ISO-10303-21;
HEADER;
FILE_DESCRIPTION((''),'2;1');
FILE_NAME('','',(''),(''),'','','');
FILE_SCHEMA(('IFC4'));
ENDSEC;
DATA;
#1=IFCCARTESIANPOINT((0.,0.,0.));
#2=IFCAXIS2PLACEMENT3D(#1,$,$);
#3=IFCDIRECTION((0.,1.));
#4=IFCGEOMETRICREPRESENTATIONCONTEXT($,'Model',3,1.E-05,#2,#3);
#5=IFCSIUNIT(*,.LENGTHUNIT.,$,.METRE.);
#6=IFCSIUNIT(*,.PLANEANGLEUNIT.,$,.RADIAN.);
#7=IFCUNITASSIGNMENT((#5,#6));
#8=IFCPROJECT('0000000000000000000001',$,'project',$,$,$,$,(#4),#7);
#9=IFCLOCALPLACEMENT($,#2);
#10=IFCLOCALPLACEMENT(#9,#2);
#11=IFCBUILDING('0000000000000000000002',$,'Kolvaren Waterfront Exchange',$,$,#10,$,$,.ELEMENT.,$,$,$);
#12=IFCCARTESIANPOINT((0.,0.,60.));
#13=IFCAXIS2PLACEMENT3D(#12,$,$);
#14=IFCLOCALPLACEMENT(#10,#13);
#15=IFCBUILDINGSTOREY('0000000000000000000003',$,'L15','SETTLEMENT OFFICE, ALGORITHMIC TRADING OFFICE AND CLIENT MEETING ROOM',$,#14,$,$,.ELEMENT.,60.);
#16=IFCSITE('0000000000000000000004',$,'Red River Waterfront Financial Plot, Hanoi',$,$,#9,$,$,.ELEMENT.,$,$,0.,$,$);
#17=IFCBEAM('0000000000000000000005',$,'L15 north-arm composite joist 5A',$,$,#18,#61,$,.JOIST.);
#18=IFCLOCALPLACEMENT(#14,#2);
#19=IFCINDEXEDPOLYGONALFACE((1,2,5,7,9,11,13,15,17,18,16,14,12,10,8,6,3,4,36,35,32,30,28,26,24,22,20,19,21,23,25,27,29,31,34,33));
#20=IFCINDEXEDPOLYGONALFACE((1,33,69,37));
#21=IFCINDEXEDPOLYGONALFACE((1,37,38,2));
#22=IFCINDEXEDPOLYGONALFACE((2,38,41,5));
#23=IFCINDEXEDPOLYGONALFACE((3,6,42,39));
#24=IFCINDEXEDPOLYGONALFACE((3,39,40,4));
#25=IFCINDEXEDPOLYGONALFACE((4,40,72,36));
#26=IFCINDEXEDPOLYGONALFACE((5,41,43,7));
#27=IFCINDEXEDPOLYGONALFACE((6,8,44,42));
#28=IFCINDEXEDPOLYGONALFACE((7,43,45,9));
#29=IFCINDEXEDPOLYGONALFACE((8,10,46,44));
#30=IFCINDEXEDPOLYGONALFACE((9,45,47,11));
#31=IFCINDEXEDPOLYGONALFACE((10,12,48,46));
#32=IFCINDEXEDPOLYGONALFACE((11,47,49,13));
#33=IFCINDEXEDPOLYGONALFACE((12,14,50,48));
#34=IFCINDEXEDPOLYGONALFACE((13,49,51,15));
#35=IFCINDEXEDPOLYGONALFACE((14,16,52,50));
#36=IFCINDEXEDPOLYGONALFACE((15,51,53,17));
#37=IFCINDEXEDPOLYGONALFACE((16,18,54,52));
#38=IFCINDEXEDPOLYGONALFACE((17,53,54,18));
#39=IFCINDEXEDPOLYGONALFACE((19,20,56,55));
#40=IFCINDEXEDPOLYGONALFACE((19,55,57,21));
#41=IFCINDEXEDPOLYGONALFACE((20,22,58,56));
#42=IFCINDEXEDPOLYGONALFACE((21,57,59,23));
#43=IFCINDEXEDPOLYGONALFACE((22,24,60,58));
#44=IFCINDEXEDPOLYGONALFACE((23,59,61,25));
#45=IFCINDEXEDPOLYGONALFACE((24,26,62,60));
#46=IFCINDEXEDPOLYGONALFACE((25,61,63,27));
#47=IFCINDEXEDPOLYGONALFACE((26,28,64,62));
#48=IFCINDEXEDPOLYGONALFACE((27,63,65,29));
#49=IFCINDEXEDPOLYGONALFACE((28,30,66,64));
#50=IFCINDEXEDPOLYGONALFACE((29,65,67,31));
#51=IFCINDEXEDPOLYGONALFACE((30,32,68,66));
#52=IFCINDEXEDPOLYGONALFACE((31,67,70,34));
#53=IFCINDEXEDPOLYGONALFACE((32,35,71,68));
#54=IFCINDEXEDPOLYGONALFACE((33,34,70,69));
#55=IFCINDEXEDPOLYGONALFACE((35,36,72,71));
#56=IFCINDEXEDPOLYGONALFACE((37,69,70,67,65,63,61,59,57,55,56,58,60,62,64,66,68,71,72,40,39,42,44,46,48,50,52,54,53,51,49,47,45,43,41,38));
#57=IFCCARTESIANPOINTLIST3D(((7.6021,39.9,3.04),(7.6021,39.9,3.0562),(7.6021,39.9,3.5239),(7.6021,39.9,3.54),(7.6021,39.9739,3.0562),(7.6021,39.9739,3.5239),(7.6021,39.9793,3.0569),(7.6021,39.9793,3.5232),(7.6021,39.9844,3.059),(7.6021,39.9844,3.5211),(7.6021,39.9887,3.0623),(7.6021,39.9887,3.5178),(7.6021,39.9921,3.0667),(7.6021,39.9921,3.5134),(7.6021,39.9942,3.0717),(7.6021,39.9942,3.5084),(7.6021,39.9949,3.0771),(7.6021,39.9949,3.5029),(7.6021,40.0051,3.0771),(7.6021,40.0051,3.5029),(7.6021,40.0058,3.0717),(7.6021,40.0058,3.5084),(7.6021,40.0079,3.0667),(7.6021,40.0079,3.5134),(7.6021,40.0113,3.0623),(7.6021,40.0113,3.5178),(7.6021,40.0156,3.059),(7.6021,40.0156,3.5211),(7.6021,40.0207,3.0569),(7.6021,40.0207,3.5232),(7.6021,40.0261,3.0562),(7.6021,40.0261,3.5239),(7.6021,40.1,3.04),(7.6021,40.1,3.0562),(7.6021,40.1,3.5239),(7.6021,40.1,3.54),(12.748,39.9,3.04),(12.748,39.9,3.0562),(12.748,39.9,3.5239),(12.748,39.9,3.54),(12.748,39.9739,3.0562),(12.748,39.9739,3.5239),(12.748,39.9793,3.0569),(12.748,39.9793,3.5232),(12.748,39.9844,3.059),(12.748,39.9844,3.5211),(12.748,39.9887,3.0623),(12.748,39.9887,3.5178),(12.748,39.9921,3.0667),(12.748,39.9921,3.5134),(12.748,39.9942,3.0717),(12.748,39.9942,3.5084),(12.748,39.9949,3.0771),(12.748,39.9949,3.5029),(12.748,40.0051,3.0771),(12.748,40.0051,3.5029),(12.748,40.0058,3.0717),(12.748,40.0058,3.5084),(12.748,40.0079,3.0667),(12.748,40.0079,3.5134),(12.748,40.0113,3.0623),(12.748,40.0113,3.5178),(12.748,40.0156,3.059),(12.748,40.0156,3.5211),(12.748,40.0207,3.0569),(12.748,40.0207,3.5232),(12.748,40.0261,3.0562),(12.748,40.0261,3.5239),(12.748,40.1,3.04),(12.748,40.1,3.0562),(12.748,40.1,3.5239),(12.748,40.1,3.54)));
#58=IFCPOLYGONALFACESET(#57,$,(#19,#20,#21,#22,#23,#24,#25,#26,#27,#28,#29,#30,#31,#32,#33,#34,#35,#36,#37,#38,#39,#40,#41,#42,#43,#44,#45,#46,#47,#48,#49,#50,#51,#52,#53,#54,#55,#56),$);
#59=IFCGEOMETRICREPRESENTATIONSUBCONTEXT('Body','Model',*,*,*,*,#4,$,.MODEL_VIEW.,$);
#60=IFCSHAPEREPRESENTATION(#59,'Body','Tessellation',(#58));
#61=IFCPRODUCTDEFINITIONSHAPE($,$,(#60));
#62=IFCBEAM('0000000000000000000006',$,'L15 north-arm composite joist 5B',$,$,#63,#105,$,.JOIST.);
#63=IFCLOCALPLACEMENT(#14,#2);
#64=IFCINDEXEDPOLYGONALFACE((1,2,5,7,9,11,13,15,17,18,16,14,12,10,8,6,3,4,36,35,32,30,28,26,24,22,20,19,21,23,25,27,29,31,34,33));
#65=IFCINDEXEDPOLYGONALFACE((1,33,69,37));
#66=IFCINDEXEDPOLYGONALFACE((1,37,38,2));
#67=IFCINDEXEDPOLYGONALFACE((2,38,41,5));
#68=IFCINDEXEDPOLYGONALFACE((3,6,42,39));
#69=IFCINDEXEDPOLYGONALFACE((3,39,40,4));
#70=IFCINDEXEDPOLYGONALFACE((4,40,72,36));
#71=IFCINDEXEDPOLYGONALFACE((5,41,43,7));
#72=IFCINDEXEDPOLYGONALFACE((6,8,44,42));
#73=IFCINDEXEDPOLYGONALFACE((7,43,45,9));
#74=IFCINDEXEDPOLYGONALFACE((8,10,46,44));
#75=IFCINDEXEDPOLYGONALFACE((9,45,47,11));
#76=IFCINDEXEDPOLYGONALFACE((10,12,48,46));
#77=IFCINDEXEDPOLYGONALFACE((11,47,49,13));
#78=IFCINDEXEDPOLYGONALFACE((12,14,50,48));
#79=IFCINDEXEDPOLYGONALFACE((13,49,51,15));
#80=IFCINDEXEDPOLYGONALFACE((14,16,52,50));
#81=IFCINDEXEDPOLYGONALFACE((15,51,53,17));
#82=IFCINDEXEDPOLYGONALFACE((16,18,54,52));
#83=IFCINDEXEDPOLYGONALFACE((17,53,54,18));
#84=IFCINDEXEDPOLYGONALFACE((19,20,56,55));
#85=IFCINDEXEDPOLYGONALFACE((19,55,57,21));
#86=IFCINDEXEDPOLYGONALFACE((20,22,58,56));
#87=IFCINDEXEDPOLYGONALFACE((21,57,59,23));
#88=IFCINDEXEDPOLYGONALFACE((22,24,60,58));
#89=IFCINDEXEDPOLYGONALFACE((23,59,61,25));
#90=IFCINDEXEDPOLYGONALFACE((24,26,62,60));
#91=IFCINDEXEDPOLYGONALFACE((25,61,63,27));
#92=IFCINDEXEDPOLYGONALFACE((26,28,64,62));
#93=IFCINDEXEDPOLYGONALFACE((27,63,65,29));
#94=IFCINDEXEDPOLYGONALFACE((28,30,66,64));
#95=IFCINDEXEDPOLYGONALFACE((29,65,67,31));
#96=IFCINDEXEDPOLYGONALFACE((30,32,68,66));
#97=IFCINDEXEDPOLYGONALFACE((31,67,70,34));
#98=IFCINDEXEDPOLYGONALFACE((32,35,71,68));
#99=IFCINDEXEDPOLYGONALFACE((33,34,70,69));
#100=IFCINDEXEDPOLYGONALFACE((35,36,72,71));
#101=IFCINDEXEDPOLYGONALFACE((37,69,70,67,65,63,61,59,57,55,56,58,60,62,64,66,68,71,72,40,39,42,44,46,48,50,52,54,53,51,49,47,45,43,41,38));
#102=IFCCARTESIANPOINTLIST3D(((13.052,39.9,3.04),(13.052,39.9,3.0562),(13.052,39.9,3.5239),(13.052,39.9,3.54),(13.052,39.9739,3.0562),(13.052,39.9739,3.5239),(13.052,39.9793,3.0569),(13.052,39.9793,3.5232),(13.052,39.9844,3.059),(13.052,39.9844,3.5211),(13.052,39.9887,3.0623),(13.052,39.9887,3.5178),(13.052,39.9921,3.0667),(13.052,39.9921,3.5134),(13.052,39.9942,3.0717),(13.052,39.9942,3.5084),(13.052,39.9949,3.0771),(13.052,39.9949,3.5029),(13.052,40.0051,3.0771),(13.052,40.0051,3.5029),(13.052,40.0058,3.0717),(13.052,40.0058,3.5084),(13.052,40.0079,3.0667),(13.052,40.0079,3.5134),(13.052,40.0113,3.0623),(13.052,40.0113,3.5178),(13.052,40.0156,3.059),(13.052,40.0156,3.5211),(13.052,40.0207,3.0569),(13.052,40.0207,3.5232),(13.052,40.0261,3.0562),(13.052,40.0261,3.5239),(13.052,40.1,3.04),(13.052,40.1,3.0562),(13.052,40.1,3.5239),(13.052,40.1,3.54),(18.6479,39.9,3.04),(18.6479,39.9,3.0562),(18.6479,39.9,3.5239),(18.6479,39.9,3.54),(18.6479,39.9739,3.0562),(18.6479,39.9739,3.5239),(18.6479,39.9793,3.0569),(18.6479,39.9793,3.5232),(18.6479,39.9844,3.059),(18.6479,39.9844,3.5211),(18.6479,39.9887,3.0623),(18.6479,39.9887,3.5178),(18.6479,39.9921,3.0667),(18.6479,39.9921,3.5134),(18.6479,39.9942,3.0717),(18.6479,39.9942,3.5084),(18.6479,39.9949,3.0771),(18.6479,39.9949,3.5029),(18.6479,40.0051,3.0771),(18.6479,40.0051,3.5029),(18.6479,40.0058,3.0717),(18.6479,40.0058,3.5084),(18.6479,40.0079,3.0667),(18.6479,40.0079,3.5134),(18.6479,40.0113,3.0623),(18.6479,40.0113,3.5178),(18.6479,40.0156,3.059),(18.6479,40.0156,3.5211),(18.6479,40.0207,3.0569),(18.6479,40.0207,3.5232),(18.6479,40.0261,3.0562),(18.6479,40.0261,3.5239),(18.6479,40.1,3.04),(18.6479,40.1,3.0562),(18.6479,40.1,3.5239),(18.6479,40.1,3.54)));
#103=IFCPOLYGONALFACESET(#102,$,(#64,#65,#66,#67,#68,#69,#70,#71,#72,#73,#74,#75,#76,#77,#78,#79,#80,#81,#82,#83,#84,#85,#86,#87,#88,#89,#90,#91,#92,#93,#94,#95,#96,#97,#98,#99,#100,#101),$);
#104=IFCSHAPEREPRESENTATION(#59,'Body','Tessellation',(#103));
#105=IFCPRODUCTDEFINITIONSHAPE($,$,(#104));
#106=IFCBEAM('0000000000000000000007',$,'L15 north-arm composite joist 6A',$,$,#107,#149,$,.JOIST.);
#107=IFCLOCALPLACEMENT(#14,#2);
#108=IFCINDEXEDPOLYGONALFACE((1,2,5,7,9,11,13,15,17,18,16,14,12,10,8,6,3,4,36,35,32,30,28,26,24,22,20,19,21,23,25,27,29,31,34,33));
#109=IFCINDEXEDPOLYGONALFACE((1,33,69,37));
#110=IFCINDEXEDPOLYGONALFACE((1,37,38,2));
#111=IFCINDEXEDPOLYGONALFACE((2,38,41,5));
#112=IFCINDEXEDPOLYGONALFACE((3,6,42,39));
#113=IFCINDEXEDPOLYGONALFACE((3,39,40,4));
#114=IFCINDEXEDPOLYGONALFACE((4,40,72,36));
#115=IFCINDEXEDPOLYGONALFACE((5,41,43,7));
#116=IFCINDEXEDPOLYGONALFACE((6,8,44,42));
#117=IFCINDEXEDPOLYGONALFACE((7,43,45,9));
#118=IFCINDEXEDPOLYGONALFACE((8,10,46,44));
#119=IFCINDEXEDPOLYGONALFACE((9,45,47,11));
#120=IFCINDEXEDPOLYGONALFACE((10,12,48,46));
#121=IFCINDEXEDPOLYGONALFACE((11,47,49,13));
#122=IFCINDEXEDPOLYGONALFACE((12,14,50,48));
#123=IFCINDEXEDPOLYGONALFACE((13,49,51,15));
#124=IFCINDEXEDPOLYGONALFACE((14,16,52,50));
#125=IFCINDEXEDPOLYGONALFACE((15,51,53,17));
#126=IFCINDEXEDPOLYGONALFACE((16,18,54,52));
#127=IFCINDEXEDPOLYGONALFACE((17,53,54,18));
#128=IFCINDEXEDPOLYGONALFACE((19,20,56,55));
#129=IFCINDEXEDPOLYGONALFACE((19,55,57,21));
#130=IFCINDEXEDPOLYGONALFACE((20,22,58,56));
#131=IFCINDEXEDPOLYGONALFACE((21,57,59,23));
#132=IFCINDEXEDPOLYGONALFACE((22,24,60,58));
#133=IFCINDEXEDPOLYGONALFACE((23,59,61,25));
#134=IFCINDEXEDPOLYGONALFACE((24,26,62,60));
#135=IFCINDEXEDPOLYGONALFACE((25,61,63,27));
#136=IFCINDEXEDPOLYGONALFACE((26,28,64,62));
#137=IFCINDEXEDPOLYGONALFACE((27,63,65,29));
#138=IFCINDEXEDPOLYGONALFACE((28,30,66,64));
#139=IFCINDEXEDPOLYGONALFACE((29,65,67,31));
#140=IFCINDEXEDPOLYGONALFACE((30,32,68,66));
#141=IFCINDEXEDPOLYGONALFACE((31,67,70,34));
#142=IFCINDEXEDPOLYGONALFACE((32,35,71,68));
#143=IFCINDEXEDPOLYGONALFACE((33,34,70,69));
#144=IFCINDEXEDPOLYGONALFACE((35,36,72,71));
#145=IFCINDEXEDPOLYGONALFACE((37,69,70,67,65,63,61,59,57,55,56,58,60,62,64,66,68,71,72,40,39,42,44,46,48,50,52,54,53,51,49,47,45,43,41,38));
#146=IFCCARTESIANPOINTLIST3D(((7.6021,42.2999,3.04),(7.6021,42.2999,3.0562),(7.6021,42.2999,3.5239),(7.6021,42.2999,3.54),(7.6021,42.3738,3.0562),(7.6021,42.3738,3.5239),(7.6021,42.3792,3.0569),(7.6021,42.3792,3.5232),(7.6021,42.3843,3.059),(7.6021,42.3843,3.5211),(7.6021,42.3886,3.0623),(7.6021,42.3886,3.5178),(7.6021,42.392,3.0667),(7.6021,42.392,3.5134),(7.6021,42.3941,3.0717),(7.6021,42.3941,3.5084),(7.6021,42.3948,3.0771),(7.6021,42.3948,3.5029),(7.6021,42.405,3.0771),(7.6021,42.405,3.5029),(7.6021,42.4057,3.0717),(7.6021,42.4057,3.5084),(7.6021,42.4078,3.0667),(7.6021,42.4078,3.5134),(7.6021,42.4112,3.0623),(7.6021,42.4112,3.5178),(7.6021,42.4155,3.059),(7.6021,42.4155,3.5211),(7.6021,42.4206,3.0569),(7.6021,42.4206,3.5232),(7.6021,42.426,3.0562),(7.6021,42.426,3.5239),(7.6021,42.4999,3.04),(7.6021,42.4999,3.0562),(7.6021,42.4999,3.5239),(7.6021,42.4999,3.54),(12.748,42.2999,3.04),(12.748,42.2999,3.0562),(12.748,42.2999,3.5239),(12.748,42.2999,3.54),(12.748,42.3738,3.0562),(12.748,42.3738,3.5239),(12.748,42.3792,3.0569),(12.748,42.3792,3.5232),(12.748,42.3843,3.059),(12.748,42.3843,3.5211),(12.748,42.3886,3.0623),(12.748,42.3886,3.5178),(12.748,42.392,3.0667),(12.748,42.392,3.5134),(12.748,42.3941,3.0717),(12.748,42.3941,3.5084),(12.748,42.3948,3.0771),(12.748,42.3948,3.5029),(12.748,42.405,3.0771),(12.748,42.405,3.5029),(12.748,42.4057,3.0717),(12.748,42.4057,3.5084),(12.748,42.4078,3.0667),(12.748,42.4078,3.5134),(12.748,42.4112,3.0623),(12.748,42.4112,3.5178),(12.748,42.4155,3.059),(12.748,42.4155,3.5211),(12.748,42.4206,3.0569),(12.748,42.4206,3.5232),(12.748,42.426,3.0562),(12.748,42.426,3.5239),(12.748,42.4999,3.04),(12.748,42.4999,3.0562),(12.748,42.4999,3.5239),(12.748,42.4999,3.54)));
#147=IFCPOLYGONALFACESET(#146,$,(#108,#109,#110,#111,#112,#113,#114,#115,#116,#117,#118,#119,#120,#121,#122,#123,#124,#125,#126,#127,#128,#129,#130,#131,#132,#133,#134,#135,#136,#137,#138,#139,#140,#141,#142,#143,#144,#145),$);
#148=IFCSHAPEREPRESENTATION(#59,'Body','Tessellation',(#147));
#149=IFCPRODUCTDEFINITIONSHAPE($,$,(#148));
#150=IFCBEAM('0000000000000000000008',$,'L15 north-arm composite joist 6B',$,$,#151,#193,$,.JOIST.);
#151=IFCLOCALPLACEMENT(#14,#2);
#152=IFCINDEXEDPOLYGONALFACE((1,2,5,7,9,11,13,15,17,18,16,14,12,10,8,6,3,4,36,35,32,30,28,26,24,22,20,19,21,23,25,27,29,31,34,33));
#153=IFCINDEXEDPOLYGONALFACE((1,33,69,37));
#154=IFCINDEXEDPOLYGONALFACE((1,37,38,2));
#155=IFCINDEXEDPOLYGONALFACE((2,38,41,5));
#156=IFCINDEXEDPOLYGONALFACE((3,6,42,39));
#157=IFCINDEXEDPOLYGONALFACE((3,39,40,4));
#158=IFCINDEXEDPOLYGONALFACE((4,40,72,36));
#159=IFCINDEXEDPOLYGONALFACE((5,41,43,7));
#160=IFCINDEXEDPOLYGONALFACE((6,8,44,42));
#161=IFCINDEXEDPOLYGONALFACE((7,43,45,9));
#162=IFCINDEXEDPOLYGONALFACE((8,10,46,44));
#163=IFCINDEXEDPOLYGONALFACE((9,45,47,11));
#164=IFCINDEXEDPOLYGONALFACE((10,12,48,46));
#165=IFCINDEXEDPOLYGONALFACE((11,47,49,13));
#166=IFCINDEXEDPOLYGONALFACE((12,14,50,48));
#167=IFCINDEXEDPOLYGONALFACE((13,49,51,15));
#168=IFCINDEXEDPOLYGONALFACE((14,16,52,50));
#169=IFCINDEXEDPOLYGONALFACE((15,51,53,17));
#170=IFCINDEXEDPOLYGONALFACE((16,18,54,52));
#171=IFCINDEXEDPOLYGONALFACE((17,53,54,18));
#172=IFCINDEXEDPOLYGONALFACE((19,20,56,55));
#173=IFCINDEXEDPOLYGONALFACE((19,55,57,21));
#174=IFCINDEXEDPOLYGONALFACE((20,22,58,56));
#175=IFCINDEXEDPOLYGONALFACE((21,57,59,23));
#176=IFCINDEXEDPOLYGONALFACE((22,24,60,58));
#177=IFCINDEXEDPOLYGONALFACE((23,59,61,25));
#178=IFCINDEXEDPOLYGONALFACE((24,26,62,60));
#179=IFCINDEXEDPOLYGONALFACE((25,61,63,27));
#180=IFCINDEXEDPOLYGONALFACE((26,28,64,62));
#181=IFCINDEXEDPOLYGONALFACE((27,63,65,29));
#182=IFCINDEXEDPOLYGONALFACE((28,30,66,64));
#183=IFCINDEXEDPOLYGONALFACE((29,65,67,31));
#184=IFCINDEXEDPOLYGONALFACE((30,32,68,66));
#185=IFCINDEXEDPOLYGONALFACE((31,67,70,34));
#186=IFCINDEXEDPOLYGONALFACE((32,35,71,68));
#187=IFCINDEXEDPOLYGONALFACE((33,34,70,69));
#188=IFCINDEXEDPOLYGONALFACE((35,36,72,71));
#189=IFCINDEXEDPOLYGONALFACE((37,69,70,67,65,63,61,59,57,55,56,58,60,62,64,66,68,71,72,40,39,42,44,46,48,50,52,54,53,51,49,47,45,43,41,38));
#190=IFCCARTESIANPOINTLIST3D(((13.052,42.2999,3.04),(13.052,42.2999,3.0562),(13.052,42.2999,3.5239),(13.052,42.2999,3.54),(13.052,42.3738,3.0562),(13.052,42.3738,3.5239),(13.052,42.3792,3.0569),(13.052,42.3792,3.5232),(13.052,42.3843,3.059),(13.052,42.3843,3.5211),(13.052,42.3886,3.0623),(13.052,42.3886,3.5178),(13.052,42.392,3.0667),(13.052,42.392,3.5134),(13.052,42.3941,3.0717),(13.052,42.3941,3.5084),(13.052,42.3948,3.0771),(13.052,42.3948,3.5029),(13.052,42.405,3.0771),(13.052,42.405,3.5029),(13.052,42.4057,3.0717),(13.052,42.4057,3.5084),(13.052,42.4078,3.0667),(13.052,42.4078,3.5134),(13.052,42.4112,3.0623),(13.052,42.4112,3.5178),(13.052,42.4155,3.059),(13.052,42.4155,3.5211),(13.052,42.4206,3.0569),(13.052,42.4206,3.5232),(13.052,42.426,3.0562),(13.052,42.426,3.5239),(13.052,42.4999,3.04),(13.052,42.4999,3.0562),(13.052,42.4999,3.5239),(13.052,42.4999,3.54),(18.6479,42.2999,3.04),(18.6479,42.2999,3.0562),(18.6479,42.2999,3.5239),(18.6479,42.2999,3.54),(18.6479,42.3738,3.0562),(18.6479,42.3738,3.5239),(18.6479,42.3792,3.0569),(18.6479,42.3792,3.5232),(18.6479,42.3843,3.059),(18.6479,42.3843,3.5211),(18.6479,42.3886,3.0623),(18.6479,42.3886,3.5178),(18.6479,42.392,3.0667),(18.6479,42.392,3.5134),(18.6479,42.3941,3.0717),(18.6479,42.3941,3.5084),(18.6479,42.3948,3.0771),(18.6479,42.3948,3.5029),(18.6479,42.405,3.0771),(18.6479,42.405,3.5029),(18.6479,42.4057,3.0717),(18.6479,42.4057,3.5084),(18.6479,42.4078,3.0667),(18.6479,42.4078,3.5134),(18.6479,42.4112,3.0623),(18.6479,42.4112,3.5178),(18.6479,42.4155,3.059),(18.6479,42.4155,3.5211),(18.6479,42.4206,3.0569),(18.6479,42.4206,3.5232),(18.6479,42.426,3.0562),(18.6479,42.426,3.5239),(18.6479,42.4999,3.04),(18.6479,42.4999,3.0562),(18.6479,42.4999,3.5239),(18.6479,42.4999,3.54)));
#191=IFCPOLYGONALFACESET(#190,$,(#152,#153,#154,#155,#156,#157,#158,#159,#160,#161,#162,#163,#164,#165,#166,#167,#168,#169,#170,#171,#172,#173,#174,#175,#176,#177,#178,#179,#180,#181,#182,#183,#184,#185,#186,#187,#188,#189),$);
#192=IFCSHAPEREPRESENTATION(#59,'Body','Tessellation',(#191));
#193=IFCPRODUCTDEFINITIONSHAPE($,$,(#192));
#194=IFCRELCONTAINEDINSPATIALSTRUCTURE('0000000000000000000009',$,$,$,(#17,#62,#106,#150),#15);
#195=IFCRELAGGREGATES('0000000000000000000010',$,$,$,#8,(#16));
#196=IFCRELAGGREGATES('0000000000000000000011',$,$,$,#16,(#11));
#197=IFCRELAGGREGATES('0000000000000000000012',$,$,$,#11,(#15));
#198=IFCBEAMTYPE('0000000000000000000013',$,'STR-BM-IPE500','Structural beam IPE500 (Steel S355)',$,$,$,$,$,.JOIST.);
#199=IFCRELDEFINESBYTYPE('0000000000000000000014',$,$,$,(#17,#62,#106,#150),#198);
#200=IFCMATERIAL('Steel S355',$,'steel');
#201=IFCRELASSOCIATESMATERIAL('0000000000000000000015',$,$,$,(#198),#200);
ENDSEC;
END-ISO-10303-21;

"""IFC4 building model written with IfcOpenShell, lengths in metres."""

from ifc_helpers import new_model, si_unit, direction, frame, origin, origin_2d, place, context, subcontext, project, spatial, i_section, extrude, material, material_profile, profile_set, type_object, element, save


model = new_model("IFC4")

# Units and contexts
model_context = context("Model", 3, precision=1e-05, world=origin(), true_north=direction((0.0, 1.0)))
body_context = subcontext(model_context, "Body", "Model", "MODEL_VIEW")
ifc_project = project(units=[si_unit("LENGTHUNIT", "METRE"), si_unit("PLANEANGLEUNIT", "RADIAN")], contexts=[model_context])

# Site, building, storey
site_placement = place(None, origin())
site = spatial("IfcSite", under=ifc_project, at=site_placement, Name="Red River Waterfront Financial Plot, Hanoi", CompositionType="ELEMENT", RefElevation=0.0)
building_placement = place(site_placement, origin())
building = spatial("IfcBuilding", under=site, at=building_placement, Name="Kolvaren Waterfront Exchange", CompositionType="ELEMENT")
storey_placement = place(building_placement, frame((0.0, 0.0, 60.0)))
storey = spatial("IfcBuildingStorey", under=building, at=storey_placement, Name="L15", Description="SETTLEMENT OFFICE, ALGORITHMIC TRADING OFFICE AND CLIENT MEETING ROOM", CompositionType="ELEMENT", Elevation=60.0)

# Beams
ifc_material_1 = material(Name="Steel S355", Category="steel")
ifc_material_profile_1 = material_profile(ifc_material_1, i_section(OverallWidth=0.2, OverallDepth=0.5, WebThickness=0.0103, FlangeThickness=0.0161, FilletRadius=0.021, at=origin_2d()), Name="IPE500")
ifc_profile_set_1 = profile_set([ifc_material_profile_1], Name="Steel S355")
beam_type_1 = type_object("IfcBeamType", Name="STR-BM-IPE500", Description="Structural beam IPE500 (Steel S355)", PredefinedType="JOIST", material=ifc_profile_set_1)
beam_1_placement = place(storey_placement, frame((7.6021, 40.0, 3.29), z_axis=(1.0, 0.0, 0.0), x_axis=(0.0, 1.0, 0.0)))
element("IfcBeam", 1, at=beam_1_placement, inside=storey, type_object=beam_type_1, Name="L15 north-arm composite joist 5A", PredefinedType="JOIST", context=body_context, shape_type="SweptSolid", body=[
    extrude(i_section(OverallWidth=0.2, OverallDepth=0.5, WebThickness=0.0103, FlangeThickness=0.0161, FilletRadius=0.021, at=origin_2d()), origin(), (0.0, 0.0, 1.0), 5.146),
])
beam_2_placement = place(storey_placement, frame((13.052, 40.0, 3.29), z_axis=(1.0, 0.0, 0.0), x_axis=(0.0, 1.0, 0.0)))
element("IfcBeam", 2, at=beam_2_placement, inside=storey, type_object=beam_type_1, Name="L15 north-arm composite joist 5B", PredefinedType="JOIST", context=body_context, shape_type="SweptSolid", body=[
    extrude(i_section(OverallWidth=0.2, OverallDepth=0.5, WebThickness=0.0103, FlangeThickness=0.0161, FilletRadius=0.021, at=origin_2d()), origin(), (0.0, 0.0, 1.0), 5.5959),
])
beam_3_placement = place(storey_placement, frame((7.6021, 42.3999, 3.29), z_axis=(1.0, 0.0, 0.0), x_axis=(0.0, 1.0, 0.0)))
element("IfcBeam", 3, at=beam_3_placement, inside=storey, type_object=beam_type_1, Name="L15 north-arm composite joist 6A", PredefinedType="JOIST", context=body_context, shape_type="SweptSolid", body=[
    extrude(i_section(OverallWidth=0.2, OverallDepth=0.5, WebThickness=0.0103, FlangeThickness=0.0161, FilletRadius=0.021, at=origin_2d()), origin(), (0.0, 0.0, 1.0), 5.146),
])
beam_4_placement = place(storey_placement, frame((13.052, 42.3999, 3.29), z_axis=(1.0, 0.0, 0.0), x_axis=(0.0, 1.0, 0.0)))
element("IfcBeam", 4, at=beam_4_placement, inside=storey, type_object=beam_type_1, Name="L15 north-arm composite joist 6B", PredefinedType="JOIST", context=body_context, shape_type="SweptSolid", body=[
    extrude(i_section(OverallWidth=0.2, OverallDepth=0.5, WebThickness=0.0103, FlangeThickness=0.0161, FilletRadius=0.021, at=origin_2d()), origin(), (0.0, 0.0, 1.0), 5.5959),
])

save(model, "model.ifc")
